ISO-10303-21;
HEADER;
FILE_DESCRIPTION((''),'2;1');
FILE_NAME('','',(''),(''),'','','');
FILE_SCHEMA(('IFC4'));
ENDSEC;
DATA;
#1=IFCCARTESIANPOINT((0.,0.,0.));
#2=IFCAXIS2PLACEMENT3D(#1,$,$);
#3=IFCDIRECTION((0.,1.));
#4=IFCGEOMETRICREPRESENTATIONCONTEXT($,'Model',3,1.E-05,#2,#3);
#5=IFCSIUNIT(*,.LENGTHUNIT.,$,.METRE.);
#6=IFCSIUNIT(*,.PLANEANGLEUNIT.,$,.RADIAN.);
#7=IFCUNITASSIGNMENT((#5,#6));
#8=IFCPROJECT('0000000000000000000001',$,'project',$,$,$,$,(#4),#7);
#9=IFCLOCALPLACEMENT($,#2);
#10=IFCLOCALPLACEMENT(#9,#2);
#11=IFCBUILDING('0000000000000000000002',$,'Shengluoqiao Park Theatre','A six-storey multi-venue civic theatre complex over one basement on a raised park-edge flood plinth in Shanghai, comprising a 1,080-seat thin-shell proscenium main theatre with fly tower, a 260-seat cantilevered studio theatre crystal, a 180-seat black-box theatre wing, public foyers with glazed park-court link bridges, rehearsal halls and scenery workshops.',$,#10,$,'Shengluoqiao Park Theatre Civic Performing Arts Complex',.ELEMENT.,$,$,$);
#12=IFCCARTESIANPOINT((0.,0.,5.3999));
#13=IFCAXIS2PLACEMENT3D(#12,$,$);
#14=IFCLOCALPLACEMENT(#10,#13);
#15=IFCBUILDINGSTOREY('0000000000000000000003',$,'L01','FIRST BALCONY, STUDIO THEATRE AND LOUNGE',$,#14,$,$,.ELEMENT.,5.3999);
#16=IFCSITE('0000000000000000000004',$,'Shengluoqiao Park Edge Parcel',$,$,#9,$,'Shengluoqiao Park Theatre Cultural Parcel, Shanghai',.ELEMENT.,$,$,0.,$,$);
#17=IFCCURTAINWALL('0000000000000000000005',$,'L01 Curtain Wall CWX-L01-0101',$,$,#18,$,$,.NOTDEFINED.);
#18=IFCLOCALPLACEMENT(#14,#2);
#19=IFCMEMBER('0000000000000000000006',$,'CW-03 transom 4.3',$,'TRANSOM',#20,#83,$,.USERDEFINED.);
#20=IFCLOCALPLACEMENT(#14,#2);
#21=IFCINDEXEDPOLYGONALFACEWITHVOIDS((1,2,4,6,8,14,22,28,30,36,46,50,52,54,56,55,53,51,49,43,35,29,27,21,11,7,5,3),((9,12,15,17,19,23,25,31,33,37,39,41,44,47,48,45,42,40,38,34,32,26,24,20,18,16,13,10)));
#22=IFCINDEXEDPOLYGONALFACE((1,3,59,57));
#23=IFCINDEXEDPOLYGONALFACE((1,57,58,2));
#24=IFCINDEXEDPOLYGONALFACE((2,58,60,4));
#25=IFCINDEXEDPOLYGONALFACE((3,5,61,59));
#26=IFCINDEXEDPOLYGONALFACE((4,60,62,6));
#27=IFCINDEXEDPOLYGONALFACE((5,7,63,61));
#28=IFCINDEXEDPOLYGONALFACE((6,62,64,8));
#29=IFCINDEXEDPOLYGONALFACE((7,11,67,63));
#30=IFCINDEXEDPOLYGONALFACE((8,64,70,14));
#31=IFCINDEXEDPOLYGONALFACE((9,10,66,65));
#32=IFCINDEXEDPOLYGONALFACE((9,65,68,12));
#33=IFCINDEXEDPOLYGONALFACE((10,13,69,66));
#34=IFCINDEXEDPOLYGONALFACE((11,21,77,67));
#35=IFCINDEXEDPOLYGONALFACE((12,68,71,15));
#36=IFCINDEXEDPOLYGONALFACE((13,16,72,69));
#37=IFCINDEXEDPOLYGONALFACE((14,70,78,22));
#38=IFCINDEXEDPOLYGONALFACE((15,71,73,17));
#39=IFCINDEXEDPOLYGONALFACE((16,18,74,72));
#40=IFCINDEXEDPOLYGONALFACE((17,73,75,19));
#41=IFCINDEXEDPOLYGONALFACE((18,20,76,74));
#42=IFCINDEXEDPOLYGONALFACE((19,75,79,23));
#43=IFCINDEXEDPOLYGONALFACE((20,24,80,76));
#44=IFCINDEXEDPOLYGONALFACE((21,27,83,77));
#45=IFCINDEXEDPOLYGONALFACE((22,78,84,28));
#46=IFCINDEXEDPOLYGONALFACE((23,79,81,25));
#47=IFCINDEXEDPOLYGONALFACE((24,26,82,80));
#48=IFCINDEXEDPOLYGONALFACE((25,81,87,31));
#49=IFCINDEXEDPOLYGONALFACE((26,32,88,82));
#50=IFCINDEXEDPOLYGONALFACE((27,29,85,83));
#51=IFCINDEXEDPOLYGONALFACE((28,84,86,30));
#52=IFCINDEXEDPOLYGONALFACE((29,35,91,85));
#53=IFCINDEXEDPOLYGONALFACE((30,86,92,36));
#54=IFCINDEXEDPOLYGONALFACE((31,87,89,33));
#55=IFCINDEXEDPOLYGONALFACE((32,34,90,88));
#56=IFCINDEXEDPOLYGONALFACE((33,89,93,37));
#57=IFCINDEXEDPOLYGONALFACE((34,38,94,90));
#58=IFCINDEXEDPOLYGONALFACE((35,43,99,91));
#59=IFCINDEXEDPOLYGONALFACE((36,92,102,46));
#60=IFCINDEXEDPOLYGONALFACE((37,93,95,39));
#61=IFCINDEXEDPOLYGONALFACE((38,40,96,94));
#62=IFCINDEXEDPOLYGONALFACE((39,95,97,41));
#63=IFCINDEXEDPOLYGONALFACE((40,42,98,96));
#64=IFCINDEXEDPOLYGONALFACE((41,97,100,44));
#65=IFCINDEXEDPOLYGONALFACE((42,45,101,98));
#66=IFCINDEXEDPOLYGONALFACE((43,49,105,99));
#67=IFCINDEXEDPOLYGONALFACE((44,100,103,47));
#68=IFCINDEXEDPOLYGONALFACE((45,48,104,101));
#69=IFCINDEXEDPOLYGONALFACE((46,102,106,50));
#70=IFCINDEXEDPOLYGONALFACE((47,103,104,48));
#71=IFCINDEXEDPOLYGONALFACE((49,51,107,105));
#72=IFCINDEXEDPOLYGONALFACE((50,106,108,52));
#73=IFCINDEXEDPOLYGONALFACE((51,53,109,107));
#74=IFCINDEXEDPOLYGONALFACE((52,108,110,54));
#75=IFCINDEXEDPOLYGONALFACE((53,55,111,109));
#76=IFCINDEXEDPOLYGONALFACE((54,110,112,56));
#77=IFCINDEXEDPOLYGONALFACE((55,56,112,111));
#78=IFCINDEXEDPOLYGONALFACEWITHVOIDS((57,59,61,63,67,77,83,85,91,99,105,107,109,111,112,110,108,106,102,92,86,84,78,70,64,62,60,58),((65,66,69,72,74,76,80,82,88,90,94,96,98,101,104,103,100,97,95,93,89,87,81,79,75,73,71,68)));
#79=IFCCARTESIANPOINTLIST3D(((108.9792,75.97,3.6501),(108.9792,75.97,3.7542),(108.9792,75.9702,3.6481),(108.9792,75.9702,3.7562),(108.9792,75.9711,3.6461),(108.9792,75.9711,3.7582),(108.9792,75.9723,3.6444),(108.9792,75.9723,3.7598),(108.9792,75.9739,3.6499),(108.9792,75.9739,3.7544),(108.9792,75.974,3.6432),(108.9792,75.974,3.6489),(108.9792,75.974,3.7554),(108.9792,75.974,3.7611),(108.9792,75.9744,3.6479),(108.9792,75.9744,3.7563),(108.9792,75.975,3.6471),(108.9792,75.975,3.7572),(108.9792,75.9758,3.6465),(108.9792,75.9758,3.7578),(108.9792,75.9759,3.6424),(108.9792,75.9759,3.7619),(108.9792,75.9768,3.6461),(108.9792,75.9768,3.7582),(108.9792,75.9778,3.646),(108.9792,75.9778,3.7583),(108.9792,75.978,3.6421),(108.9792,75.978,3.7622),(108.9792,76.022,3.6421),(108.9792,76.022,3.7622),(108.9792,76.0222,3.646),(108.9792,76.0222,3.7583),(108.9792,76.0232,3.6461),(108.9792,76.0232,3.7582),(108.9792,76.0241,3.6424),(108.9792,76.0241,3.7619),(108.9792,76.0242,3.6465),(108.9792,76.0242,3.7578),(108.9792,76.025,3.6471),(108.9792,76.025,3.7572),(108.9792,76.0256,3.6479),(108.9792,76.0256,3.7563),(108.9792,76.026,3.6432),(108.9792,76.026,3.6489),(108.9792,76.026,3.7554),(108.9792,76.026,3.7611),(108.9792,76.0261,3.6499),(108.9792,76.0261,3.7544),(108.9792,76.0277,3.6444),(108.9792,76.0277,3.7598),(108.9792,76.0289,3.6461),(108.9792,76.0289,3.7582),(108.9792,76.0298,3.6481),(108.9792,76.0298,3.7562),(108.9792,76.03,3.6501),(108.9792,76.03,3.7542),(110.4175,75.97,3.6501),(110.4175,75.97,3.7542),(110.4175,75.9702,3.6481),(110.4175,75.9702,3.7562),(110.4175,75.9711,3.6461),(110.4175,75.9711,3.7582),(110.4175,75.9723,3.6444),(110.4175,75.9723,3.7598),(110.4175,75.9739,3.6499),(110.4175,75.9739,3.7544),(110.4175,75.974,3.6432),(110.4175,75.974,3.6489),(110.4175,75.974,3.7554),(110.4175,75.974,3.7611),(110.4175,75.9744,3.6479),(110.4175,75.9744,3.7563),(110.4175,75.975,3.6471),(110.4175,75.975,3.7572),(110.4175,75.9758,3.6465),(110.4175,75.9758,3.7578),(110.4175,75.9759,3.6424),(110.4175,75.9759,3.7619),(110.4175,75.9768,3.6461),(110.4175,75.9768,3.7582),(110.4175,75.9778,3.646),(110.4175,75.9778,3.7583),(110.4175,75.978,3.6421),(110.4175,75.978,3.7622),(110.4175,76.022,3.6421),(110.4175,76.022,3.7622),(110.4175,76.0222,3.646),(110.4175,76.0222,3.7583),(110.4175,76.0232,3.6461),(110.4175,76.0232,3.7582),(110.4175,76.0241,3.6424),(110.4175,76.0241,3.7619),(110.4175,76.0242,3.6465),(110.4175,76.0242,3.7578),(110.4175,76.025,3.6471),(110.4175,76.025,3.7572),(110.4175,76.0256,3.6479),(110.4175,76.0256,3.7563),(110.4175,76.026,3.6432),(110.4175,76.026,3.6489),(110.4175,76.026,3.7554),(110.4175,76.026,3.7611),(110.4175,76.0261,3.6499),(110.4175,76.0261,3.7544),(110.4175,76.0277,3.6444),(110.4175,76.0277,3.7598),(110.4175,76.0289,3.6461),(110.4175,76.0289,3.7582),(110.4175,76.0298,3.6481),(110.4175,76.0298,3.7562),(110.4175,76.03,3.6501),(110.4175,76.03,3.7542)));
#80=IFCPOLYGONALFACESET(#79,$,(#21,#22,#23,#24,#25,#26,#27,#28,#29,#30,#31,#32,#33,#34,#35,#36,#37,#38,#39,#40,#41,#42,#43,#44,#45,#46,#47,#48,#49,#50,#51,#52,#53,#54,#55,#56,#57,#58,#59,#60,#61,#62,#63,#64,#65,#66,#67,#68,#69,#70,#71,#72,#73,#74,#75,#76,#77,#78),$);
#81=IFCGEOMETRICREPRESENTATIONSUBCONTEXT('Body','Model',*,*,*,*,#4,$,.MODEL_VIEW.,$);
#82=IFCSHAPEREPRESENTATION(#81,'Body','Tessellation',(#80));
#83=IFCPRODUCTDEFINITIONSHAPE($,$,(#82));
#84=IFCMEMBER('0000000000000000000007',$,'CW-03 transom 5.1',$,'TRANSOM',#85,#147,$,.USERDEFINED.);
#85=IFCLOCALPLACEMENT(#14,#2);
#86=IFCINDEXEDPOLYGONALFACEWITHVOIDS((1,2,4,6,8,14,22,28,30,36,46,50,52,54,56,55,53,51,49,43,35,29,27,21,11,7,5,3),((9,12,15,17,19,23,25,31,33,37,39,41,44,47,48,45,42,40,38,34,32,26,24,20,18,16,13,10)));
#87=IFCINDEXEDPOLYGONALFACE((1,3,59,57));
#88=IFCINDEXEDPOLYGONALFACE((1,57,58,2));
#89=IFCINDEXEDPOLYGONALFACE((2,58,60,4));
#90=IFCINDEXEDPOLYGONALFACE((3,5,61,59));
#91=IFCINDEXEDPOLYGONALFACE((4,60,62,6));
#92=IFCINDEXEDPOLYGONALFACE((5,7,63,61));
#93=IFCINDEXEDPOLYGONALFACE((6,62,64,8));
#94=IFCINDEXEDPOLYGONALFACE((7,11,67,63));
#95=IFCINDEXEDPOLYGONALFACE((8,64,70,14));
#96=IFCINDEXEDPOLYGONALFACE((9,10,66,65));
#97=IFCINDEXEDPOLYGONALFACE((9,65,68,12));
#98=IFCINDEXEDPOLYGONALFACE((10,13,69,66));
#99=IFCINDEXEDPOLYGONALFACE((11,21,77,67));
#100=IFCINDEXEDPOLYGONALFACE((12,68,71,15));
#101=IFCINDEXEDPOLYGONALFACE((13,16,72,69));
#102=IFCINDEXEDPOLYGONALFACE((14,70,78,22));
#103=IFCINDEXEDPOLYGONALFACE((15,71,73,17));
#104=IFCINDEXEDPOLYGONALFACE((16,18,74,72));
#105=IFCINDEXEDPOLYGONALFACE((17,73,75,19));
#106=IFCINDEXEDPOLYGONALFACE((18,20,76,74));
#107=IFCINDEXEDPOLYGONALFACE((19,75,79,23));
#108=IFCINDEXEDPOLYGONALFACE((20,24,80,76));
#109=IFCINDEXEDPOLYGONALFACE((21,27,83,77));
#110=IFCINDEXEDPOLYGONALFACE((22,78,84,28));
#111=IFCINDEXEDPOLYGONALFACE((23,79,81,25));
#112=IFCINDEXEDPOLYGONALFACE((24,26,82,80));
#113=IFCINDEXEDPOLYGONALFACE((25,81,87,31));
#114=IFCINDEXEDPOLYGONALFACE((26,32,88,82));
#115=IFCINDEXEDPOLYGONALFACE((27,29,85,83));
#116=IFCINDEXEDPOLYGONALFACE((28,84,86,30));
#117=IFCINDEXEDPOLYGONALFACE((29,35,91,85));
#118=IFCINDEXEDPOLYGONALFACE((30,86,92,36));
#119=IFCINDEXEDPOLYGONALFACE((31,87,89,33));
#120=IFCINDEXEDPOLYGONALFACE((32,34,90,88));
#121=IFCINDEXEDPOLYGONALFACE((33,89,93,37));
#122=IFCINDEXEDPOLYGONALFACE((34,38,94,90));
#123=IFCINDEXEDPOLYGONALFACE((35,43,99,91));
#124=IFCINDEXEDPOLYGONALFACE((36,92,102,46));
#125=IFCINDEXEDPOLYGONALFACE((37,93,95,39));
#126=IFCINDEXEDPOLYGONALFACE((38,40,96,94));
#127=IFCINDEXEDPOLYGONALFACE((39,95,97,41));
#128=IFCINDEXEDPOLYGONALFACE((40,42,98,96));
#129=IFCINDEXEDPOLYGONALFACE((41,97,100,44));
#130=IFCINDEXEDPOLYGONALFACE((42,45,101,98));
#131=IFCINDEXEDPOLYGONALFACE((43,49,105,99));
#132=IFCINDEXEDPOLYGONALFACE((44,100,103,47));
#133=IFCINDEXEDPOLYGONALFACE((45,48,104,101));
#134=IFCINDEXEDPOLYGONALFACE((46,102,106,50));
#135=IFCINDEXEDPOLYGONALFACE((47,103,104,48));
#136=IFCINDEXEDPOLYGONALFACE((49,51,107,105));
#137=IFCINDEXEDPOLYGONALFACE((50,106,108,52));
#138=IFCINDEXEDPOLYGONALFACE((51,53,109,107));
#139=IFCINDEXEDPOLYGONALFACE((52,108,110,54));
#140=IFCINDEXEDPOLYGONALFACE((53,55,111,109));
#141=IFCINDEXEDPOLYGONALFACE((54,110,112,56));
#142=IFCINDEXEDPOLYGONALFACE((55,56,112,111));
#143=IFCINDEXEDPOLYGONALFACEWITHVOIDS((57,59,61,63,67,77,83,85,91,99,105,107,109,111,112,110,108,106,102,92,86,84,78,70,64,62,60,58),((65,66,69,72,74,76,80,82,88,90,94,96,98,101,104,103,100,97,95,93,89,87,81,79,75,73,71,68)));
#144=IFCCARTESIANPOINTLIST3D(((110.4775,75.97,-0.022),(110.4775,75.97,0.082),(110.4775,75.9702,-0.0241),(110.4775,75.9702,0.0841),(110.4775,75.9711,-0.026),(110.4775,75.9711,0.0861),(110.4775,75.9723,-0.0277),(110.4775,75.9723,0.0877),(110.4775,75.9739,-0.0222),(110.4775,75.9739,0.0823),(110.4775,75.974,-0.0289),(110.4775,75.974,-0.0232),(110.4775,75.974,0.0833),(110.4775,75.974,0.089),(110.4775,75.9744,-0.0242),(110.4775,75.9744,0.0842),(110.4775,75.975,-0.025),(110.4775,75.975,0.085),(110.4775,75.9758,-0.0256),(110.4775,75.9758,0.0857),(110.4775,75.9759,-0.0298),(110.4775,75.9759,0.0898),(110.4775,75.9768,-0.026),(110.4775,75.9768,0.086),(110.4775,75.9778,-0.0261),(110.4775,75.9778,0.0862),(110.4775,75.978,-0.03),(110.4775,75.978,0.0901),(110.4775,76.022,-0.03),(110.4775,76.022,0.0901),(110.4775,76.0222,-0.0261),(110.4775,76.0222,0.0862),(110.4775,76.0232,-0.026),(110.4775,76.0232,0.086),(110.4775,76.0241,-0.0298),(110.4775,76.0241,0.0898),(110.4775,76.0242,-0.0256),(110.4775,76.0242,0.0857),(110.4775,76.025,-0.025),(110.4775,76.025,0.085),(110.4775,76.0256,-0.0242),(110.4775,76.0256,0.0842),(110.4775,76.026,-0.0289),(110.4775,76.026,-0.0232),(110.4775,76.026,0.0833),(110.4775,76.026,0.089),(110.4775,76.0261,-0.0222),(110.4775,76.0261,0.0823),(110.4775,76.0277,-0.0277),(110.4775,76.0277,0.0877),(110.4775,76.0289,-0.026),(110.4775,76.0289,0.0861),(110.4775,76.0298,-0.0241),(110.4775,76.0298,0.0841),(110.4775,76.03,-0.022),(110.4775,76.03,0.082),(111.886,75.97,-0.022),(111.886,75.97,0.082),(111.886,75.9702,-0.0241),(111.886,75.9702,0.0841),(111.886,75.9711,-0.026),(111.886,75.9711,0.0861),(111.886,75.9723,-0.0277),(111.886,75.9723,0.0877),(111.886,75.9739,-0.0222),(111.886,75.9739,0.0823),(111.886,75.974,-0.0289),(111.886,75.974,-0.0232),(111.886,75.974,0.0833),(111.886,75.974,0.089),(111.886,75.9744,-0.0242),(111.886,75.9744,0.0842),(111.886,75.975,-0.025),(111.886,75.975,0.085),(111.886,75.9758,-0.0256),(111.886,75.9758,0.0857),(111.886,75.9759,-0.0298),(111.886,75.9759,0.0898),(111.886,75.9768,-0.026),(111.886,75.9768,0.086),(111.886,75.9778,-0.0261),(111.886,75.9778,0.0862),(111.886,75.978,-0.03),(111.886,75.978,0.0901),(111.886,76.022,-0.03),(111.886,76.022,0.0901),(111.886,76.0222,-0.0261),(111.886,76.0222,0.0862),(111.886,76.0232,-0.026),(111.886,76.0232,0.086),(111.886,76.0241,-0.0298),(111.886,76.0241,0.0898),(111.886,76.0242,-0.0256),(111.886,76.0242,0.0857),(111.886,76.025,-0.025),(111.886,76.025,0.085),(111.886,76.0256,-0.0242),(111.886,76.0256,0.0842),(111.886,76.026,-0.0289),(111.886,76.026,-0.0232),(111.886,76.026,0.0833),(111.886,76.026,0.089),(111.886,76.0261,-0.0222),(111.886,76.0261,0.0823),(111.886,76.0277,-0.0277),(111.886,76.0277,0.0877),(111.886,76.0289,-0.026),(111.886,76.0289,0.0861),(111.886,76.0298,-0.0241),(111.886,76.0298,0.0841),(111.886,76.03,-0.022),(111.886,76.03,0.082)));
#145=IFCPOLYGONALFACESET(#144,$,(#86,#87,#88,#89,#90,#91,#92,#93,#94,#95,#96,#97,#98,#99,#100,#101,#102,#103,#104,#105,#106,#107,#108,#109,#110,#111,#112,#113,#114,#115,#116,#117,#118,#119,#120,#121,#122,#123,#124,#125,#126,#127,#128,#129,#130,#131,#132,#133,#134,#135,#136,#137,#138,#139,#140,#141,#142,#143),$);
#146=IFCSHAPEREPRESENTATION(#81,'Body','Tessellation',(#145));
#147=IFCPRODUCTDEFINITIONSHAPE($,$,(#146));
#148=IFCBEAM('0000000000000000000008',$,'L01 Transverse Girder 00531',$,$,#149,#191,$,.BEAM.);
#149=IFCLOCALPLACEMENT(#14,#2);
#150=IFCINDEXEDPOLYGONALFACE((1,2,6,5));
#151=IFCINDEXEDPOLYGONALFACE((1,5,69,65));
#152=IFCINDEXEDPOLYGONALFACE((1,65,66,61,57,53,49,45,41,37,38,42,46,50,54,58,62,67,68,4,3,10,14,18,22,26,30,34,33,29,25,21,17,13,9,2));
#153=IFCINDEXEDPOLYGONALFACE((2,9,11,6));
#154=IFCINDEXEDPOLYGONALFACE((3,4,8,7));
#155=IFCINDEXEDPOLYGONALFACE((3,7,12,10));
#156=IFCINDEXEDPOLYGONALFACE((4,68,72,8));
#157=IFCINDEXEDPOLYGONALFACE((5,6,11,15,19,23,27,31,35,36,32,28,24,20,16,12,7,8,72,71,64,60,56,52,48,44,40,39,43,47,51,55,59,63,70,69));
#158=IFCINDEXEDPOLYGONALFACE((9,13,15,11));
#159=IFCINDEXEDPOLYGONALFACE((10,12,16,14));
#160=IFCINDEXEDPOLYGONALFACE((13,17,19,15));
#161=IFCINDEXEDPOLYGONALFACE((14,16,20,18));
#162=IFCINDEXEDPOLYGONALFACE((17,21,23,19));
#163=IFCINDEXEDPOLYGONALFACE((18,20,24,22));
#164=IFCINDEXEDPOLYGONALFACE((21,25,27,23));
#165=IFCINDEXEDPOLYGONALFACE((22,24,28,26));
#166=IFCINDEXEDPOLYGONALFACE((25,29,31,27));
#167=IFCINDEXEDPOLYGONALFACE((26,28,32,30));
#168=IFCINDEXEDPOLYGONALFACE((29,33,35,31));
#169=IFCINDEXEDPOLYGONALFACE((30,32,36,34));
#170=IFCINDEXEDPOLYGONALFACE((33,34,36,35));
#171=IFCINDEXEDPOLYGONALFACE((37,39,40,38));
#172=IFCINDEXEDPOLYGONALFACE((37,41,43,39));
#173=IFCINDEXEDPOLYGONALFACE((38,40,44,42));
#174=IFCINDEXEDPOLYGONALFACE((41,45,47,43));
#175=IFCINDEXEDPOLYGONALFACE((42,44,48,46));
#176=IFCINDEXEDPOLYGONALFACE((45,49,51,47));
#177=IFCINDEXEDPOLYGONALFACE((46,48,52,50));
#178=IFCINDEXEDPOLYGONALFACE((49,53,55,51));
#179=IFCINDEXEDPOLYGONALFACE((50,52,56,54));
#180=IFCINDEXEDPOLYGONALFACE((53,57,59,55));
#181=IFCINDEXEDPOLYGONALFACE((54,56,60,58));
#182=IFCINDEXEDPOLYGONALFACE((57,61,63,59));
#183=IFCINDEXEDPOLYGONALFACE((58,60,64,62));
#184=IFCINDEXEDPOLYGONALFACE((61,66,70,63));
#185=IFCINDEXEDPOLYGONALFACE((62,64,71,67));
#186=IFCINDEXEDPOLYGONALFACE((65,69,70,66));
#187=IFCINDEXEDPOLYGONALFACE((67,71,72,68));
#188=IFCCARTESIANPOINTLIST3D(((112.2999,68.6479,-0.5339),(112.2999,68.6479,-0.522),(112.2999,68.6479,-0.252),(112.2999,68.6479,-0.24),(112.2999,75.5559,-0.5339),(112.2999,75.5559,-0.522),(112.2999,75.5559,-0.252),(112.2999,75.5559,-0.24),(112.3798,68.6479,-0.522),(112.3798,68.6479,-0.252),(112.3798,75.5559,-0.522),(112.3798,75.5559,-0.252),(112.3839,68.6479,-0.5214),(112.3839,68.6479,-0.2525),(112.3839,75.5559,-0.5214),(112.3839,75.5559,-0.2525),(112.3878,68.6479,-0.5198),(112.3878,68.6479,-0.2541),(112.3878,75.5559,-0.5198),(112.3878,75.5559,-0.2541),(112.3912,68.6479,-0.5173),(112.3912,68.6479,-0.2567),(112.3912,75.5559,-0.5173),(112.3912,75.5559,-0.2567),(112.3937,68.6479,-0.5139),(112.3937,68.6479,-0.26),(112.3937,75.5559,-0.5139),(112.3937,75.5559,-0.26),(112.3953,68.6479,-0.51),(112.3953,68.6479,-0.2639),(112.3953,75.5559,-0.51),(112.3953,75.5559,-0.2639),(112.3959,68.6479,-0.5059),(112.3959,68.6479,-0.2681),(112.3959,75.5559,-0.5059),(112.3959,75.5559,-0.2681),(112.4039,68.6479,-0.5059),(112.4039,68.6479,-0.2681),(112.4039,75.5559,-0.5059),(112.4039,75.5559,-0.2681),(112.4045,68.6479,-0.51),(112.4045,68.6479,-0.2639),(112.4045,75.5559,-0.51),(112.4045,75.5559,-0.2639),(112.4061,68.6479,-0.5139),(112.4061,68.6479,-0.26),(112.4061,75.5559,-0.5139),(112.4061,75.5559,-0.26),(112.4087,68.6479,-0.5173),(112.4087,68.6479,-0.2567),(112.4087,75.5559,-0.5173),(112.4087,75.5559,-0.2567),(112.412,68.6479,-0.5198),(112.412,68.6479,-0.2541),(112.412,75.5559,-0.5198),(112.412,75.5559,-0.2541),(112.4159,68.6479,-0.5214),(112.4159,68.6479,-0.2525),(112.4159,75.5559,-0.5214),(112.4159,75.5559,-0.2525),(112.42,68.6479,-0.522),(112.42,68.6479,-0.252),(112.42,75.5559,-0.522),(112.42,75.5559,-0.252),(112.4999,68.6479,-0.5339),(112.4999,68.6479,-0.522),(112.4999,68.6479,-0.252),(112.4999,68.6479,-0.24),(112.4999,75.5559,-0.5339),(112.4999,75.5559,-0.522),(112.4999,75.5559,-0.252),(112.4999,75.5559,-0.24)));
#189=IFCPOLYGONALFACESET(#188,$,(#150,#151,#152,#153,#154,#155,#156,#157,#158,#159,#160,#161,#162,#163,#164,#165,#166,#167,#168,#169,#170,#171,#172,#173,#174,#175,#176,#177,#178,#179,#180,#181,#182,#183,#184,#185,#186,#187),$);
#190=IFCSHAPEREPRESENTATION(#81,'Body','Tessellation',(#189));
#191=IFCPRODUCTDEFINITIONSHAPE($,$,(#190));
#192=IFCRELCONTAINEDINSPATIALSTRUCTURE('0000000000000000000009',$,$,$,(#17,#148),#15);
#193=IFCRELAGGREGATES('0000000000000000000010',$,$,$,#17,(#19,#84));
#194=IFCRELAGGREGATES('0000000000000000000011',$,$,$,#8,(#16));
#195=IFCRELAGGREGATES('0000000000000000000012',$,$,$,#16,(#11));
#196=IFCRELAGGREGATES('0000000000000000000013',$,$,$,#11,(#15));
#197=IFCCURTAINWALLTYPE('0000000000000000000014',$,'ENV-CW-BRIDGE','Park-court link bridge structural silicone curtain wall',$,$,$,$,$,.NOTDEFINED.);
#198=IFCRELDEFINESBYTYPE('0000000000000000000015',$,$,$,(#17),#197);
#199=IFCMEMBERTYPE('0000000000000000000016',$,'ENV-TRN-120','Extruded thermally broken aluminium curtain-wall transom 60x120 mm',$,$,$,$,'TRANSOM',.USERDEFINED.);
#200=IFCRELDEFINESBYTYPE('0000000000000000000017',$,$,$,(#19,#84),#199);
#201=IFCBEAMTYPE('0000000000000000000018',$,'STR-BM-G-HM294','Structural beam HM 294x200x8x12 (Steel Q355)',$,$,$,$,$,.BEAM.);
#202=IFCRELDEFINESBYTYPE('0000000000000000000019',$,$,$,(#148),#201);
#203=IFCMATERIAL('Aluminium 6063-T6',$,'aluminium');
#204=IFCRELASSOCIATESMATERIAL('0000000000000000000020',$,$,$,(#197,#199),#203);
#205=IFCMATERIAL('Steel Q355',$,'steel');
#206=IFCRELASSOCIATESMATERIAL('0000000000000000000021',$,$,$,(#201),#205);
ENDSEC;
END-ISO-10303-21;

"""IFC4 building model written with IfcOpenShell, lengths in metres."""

from ifc_helpers import new_model, si_unit, direction, frame, origin, origin_2d, place, context, subcontext, project, spatial, hollow_rectangle, i_section, extrude, material, material_profile, profile_set, type_object, element, aggregate, save


model = new_model("IFC4")

# Units and contexts
model_context = context("Model", 3, precision=1e-05, world=origin(), true_north=direction((0.0, 1.0)))
body_context = subcontext(model_context, "Body", "Model", "MODEL_VIEW")
ifc_project = project(units=[si_unit("LENGTHUNIT", "METRE"), si_unit("PLANEANGLEUNIT", "RADIAN")], contexts=[model_context])

# Site, building, storey
site_placement = place(None, origin())
site = spatial("IfcSite", under=ifc_project, at=site_placement, Name="Shengluoqiao Park Edge Parcel", LongName="Shengluoqiao Park Theatre Cultural Parcel, Shanghai", CompositionType="ELEMENT", RefElevation=0.0)
building_placement = place(site_placement, origin())
building = spatial("IfcBuilding", under=site, at=building_placement, Name="Shengluoqiao Park Theatre", Description="A six-storey multi-venue civic theatre complex over one basement on a raised park-edge flood plinth in Shanghai, comprising a 1,080-seat thin-shell proscenium main theatre with fly tower, a 260-seat cantilevered studio theatre crystal, a 180-seat black-box theatre wing, public foyers with glazed park-court link bridges, rehearsal halls and scenery workshops.", LongName="Shengluoqiao Park Theatre Civic Performing Arts Complex", CompositionType="ELEMENT")
storey_placement = place(building_placement, frame((0.0, 0.0, 5.3999)))
storey = spatial("IfcBuildingStorey", under=building, at=storey_placement, Name="L01", Description="FIRST BALCONY, STUDIO THEATRE AND LOUNGE", CompositionType="ELEMENT", Elevation=5.3999)

# Shared definitions
ifc_material_1 = material(Name="Aluminium 6063-T6", Category="aluminium")
curtain_wall_type = type_object("IfcCurtainWallType", Name="ENV-CW-BRIDGE", Description="Park-court link bridge structural silicone curtain wall", PredefinedType="NOTDEFINED", material=ifc_material_1)

# Curtain wall
curtain_wall_1_placement = place(storey_placement, origin())
curtain_wall_1 = element("IfcCurtainWall", 1, at=curtain_wall_1_placement, inside=storey, type_object=curtain_wall_type, Name="L01 Curtain Wall CWX-L01-0101", PredefinedType="NOTDEFINED")

# Members
ifc_material_profile_1 = material_profile(ifc_material_1, hollow_rectangle(XDim=0.0601, YDim=0.1201, WallThickness=0.0039, InnerFilletRadius=0.0039, OuterFilletRadius=0.0081, at=origin_2d()), Name="ALU TRANSOM 120x60x4")
ifc_profile_set_1 = profile_set([ifc_material_profile_1], Name="Aluminium 6063-T6")
member_type_1 = type_object("IfcMemberType", Name="ENV-TRN-120", Description="Extruded thermally broken aluminium curtain-wall transom 60x120 mm", ElementType="TRANSOM", PredefinedType="USERDEFINED", material=ifc_profile_set_1)
member_1_placement = place(storey_placement, frame((108.9792, 76.0, 3.7021), z_axis=(1.0, 0.0, 0.0), x_axis=(0.0, 1.0, 0.0)))
member_1 = element("IfcMember", 2, at=member_1_placement, type_object=member_type_1, Name="CW-03 transom 4.3", ObjectType="TRANSOM", PredefinedType="USERDEFINED", context=body_context, shape_type="SweptSolid", body=[
    extrude(hollow_rectangle(XDim=0.0601, YDim=0.1201, WallThickness=0.0039, InnerFilletRadius=0.0039, OuterFilletRadius=0.0081, at=origin_2d()), origin(), (0.0, 0.0, 1.0), 1.4382),
])
member_2_placement = place(storey_placement, frame((110.4775, 76.0, 0.03), z_axis=(1.0, 0.0, 0.0), x_axis=(0.0, 1.0, 0.0)))
member_2 = element("IfcMember", 3, at=member_2_placement, type_object=member_type_1, Name="CW-03 transom 5.1", ObjectType="TRANSOM", PredefinedType="USERDEFINED", context=body_context, shape_type="SweptSolid", body=[
    extrude(hollow_rectangle(XDim=0.0601, YDim=0.1201, WallThickness=0.0039, InnerFilletRadius=0.0039, OuterFilletRadius=0.0081, at=origin_2d()), origin(), (0.0, 0.0, 1.0), 1.4084),
])

# Beam
ifc_material_2 = material(Name="Steel Q355", Category="steel")
ifc_material_profile_2 = material_profile(ifc_material_2, i_section(OverallWidth=0.2, OverallDepth=0.2939, WebThickness=0.0081, FlangeThickness=0.012, FilletRadius=0.0161, at=origin_2d()), Name="HM 294x200x8x12")
ifc_profile_set_2 = profile_set([ifc_material_profile_2], Name="Steel Q355")
beam_type_1 = type_object("IfcBeamType", Name="STR-BM-G-HM294", Description="Structural beam HM 294x200x8x12 (Steel Q355)", PredefinedType="BEAM", material=ifc_profile_set_2)
beam_1_placement = place(storey_placement, frame((112.3999, 68.6479, -0.387), z_axis=(0.0, 1.0, 0.0), x_axis=(-1.0, 0.0, 0.0)))
element("IfcBeam", 4, at=beam_1_placement, inside=storey, type_object=beam_type_1, Name="L01 Transverse Girder 00531", PredefinedType="BEAM", context=body_context, shape_type="SweptSolid", body=[
    extrude(i_section(OverallWidth=0.2, OverallDepth=0.2939, WebThickness=0.0081, FlangeThickness=0.012, FilletRadius=0.0161, at=origin_2d()), origin(), (0.0, 0.0, 1.0), 6.908),
])

aggregate(curtain_wall_1, [member_1, member_2])

save(model, "model.ifc")
